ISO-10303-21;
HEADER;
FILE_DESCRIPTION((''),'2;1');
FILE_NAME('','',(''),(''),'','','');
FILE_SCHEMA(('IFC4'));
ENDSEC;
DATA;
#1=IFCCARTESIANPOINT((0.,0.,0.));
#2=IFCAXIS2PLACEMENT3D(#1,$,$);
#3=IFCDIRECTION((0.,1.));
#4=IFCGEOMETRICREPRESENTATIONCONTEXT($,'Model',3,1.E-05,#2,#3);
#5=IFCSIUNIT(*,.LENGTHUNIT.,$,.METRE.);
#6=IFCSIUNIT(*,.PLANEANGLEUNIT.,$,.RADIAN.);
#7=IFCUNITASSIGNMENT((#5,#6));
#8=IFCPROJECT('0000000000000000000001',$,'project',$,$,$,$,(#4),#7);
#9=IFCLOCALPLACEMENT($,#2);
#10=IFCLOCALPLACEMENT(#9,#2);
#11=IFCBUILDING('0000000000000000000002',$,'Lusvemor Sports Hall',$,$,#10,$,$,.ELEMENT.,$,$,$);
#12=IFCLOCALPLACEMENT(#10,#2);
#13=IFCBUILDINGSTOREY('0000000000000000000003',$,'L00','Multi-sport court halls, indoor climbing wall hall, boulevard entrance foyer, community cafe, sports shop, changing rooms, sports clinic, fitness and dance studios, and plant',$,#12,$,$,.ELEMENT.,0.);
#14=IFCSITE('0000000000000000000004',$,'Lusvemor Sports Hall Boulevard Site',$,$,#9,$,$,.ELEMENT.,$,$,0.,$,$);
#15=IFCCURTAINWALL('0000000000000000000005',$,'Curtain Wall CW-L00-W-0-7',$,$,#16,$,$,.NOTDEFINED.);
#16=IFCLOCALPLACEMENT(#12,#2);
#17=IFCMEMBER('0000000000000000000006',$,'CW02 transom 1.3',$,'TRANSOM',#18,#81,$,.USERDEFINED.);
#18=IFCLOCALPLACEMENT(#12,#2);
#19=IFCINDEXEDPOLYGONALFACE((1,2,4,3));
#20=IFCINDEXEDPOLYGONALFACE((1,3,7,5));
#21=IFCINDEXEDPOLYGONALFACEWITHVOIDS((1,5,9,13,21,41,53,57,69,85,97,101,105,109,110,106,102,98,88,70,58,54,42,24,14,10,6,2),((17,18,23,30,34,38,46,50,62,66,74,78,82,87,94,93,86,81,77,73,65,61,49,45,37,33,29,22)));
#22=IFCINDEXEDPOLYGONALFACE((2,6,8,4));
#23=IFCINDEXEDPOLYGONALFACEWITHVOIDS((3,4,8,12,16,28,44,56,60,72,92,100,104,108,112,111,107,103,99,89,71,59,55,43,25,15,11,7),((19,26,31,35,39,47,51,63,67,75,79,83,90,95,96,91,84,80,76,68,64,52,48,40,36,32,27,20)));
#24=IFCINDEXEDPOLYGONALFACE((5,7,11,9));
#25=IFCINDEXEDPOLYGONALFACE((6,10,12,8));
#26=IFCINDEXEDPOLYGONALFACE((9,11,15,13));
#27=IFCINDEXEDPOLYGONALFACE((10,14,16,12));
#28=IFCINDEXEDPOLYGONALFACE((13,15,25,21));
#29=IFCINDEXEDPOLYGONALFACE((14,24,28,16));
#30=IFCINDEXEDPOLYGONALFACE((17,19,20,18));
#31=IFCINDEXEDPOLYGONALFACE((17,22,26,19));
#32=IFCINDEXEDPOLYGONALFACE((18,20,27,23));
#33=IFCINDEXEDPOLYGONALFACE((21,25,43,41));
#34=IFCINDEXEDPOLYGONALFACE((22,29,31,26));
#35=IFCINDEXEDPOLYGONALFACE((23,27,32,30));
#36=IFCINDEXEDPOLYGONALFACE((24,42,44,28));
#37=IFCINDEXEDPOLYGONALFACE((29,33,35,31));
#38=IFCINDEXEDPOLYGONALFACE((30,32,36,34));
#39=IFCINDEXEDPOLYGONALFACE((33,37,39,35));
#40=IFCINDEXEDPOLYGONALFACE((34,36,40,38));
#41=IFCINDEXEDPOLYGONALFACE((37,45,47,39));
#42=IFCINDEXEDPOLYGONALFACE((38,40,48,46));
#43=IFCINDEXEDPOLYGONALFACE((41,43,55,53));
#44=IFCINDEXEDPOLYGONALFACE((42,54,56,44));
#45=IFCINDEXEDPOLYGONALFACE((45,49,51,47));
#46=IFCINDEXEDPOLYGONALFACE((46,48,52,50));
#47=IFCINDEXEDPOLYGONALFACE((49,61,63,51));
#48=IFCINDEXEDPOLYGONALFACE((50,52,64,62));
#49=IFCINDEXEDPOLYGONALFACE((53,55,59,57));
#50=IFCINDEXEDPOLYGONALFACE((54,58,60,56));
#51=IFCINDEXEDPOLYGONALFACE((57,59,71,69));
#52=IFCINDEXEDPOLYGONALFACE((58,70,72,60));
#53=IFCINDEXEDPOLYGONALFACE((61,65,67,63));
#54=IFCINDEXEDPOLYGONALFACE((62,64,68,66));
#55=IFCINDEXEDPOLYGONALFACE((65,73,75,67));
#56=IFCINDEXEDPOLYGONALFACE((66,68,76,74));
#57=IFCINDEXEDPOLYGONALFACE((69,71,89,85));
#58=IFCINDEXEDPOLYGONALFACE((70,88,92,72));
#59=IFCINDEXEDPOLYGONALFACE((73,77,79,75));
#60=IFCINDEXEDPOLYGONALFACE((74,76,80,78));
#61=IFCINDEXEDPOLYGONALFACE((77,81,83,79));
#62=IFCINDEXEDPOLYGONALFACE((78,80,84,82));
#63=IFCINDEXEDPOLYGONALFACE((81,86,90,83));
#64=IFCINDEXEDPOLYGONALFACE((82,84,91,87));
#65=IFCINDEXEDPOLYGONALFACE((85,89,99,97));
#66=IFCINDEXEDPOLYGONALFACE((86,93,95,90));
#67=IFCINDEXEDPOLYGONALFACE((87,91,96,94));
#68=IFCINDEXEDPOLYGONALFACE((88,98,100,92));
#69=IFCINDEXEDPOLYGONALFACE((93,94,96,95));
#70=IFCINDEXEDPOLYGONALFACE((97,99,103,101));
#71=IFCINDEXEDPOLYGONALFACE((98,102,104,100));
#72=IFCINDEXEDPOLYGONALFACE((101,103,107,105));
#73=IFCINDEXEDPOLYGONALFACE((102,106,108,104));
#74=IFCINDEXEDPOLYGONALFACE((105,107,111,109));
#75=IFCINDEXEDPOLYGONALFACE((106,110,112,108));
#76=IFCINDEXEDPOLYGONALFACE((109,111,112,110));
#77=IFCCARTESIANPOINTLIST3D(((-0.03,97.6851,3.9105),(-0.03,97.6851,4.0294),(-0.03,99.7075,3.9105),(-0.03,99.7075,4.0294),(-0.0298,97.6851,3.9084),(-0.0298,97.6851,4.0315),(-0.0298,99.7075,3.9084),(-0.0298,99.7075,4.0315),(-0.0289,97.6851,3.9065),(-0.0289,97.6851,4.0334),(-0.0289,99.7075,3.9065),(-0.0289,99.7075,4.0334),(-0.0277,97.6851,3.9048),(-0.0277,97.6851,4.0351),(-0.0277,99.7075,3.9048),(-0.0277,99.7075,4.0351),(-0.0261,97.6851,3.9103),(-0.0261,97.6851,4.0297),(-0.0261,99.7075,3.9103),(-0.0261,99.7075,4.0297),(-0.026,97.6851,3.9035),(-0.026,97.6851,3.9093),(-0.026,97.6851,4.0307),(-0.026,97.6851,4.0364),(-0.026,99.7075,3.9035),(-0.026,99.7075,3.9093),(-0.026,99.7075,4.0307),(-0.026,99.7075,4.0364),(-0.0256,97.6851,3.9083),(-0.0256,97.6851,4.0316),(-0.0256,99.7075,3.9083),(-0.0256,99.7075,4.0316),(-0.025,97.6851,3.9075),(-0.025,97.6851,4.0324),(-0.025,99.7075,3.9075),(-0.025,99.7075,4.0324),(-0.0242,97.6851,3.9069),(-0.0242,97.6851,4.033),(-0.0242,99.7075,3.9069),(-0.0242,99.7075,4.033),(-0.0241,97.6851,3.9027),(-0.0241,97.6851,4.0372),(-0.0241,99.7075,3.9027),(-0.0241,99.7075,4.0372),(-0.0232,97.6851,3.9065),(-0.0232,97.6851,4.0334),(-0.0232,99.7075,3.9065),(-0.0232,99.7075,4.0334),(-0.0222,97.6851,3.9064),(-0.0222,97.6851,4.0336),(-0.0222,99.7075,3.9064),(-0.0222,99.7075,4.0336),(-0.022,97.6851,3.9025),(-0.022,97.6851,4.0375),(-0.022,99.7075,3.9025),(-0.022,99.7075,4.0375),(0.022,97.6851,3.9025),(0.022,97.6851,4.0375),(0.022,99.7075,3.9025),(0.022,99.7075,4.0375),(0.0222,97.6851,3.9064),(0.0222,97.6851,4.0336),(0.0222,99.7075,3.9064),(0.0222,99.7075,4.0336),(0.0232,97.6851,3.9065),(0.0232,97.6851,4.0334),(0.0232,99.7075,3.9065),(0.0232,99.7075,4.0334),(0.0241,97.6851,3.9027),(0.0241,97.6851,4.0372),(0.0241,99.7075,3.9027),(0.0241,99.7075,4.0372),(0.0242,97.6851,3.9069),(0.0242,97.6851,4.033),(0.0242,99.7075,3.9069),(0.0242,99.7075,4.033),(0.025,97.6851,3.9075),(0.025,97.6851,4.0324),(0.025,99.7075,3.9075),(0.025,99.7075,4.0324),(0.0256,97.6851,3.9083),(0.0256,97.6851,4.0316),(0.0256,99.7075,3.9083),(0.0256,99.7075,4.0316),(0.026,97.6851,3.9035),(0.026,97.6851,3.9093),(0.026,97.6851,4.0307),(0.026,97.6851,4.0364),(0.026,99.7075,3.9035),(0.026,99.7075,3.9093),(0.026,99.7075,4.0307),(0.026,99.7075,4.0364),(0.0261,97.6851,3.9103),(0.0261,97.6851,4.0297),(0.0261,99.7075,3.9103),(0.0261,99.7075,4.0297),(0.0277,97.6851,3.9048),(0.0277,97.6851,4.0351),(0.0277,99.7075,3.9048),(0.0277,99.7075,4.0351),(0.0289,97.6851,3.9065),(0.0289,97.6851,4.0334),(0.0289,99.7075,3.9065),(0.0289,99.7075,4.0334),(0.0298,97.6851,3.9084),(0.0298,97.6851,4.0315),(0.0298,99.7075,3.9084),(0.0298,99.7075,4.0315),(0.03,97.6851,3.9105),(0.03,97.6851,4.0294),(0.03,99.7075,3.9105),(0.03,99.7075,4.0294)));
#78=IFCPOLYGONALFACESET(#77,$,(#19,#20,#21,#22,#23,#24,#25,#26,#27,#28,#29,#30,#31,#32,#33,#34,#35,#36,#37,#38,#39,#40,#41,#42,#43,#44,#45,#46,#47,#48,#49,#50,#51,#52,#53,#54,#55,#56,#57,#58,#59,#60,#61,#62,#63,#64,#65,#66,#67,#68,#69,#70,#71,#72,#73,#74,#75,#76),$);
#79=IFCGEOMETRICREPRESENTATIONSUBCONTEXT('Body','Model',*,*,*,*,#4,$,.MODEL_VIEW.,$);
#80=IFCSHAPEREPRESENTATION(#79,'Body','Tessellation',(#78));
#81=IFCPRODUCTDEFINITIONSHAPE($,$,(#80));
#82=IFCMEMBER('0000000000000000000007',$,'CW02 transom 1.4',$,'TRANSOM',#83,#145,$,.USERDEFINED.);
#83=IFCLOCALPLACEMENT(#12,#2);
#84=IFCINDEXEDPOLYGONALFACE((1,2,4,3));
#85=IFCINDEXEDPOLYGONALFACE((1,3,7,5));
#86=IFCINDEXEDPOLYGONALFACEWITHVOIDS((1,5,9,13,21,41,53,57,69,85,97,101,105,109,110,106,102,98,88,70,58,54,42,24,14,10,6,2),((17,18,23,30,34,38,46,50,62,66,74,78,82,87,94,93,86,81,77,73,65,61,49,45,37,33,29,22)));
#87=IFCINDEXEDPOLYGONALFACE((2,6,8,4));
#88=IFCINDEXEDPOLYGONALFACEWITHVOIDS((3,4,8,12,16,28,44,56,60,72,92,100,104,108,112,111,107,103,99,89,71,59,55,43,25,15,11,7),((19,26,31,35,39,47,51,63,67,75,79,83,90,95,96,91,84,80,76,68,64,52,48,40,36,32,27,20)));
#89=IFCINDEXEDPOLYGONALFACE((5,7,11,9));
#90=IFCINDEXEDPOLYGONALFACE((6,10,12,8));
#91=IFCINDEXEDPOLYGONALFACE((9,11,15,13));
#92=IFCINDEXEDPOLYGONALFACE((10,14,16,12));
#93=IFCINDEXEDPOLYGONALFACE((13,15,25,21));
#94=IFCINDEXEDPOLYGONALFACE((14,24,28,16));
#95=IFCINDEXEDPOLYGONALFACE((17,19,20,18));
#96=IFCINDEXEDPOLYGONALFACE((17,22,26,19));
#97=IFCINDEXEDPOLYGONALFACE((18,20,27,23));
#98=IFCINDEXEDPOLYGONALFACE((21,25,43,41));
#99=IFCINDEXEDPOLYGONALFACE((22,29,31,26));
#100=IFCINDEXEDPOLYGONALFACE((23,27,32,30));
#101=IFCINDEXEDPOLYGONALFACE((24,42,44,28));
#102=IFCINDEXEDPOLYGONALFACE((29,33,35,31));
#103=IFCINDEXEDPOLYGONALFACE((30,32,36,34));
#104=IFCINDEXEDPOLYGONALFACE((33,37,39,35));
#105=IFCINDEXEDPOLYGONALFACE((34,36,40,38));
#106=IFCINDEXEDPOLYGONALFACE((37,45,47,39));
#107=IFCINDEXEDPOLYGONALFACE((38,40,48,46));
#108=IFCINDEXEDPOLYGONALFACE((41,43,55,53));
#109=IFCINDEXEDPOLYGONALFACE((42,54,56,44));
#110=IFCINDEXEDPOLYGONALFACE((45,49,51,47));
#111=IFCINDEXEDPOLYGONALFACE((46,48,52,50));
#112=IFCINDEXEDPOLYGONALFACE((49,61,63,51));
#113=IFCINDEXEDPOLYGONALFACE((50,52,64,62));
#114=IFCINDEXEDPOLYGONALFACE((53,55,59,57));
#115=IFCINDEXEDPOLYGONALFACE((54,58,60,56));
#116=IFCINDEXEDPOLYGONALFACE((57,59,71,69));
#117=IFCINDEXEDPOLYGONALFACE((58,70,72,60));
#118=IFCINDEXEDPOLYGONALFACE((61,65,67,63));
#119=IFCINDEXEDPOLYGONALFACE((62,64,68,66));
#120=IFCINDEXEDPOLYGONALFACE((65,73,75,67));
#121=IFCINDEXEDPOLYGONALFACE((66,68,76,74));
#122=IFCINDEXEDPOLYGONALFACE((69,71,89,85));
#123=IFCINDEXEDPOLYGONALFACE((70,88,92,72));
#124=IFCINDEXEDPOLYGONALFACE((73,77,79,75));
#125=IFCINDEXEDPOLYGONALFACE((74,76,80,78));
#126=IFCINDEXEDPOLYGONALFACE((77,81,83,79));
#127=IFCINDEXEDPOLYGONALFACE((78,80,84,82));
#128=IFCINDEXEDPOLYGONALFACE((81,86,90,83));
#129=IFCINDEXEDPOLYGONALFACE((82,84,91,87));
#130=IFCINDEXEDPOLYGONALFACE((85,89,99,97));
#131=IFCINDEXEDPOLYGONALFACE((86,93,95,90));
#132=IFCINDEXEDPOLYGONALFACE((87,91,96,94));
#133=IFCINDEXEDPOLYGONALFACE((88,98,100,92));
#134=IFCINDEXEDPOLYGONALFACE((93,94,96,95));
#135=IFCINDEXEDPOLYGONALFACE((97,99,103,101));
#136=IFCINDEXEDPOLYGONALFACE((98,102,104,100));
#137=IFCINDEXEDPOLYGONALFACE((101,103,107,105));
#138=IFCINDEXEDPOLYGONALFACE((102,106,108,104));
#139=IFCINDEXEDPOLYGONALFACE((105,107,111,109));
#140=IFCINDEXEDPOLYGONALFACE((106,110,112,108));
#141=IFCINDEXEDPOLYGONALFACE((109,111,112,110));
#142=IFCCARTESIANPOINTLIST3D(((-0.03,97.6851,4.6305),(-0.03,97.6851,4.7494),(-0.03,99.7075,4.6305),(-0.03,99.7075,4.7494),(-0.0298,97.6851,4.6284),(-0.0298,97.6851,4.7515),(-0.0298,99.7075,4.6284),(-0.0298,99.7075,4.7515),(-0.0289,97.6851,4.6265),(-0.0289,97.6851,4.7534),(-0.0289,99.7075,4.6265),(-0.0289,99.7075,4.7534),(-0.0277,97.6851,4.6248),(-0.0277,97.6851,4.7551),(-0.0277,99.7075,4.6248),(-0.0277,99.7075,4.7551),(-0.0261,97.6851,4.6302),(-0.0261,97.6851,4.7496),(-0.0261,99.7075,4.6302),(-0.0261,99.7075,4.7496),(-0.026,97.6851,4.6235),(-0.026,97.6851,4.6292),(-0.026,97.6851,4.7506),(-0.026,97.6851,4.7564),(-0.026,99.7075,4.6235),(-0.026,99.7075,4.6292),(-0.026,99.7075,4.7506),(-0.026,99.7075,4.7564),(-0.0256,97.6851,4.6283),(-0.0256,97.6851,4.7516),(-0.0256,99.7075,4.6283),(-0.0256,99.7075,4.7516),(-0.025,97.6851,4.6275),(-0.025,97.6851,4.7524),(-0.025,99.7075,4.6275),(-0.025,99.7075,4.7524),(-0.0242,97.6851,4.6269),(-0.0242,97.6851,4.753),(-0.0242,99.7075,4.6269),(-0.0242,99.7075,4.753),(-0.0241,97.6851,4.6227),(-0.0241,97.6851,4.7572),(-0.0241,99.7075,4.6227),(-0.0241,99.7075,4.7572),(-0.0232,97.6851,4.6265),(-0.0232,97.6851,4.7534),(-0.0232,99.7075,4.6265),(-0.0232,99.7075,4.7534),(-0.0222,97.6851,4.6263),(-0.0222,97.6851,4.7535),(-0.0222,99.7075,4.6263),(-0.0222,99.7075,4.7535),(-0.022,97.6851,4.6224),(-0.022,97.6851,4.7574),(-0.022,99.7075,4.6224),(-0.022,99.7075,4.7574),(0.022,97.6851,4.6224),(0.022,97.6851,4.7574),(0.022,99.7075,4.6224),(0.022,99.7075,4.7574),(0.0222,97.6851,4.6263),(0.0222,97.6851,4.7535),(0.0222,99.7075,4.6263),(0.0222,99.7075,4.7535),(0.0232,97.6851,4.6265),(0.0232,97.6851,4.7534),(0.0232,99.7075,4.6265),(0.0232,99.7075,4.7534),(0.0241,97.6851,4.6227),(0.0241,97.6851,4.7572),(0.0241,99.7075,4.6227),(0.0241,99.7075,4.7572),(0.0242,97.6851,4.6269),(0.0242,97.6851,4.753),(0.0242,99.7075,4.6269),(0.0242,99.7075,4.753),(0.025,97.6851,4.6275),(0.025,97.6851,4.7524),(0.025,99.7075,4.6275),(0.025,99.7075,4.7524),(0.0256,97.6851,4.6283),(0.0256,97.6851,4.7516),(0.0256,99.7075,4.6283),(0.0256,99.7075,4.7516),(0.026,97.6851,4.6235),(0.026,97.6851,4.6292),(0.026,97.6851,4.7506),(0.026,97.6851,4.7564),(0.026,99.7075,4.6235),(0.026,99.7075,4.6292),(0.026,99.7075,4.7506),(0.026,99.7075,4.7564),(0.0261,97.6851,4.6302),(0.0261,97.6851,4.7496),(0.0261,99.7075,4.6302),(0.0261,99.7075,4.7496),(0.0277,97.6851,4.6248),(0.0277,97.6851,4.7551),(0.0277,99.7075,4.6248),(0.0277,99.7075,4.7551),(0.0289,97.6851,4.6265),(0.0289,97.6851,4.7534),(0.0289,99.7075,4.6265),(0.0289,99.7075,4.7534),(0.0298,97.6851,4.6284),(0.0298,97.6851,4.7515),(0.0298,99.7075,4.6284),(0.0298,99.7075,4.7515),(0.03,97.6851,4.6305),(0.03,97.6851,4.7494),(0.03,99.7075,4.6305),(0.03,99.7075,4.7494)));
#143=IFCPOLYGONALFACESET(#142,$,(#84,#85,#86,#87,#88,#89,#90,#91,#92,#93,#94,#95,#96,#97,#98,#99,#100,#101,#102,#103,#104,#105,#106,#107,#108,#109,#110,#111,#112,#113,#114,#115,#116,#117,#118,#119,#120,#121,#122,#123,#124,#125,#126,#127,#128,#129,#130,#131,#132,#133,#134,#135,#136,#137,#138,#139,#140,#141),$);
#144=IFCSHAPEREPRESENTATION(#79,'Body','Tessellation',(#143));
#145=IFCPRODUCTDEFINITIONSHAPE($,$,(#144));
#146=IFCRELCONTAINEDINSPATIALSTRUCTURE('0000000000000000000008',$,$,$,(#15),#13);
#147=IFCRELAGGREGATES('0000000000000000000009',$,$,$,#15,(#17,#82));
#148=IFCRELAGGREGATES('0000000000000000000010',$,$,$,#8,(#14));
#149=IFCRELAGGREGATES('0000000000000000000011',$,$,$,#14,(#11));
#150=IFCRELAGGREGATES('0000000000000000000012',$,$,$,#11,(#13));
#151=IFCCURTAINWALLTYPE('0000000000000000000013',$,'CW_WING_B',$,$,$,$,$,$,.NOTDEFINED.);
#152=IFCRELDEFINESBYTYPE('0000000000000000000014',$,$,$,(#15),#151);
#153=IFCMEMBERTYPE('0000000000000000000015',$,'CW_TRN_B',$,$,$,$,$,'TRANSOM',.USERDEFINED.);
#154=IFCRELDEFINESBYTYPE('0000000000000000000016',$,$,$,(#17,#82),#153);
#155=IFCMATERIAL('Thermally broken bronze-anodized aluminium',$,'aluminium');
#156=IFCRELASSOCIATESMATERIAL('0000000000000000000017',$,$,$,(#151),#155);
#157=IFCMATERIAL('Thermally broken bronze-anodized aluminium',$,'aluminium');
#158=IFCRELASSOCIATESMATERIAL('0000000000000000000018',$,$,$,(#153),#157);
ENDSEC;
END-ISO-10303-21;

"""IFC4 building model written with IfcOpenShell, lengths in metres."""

from ifc_helpers import new_model, si_unit, direction, frame, origin, origin_2d, place, context, subcontext, project, spatial, hollow_rectangle, extrude, material, material_profile, profile_set, type_object, element, aggregate, save


model = new_model("IFC4")

# Units and contexts
model_context = context("Model", 3, precision=1e-05, world=origin(), true_north=direction((0.0, 1.0)))
body_context = subcontext(model_context, "Body", "Model", "MODEL_VIEW")
ifc_project = project(units=[si_unit("LENGTHUNIT", "METRE"), si_unit("PLANEANGLEUNIT", "RADIAN")], contexts=[model_context])

# Site, building, storey
site_placement = place(None, origin())
site = spatial("IfcSite", under=ifc_project, at=site_placement, Name="Lusvemor Sports Hall Boulevard Site", CompositionType="ELEMENT", RefElevation=0.0)
building_placement = place(site_placement, origin())
building = spatial("IfcBuilding", under=site, at=building_placement, Name="Lusvemor Sports Hall", CompositionType="ELEMENT")
storey_placement = place(building_placement, origin())
storey = spatial("IfcBuildingStorey", under=building, at=storey_placement, Name="L00", Description="Multi-sport court halls, indoor climbing wall hall, boulevard entrance foyer, community cafe, sports shop, changing rooms, sports clinic, fitness and dance studios, and plant", CompositionType="ELEMENT", Elevation=0.0)

# Curtain wall, members
ifc_material_1 = material(Name="Thermally broken bronze-anodized aluminium", Category="aluminium")
curtain_wall_type = type_object("IfcCurtainWallType", Name="CW_WING_B", PredefinedType="NOTDEFINED", material=ifc_material_1)
curtain_wall_placement = place(storey_placement, origin())
curtain_wall = element("IfcCurtainWall", 1, at=curtain_wall_placement, inside=storey, type_object=curtain_wall_type, Name="Curtain Wall CW-L00-W-0-7", PredefinedType="NOTDEFINED")
ifc_material_2 = material(Name="Thermally broken bronze-anodized aluminium", Category="aluminium")
ifc_material_profile_1 = material_profile(ifc_material_2, hollow_rectangle(XDim=0.0601, YDim=0.135, WallThickness=0.0039, InnerFilletRadius=0.0039, OuterFilletRadius=0.0081, at=origin_2d()), Name="CWTRN135x60x4")
ifc_profile_set_1 = profile_set([ifc_material_profile_1], Name="Thermally broken bronze-anodized aluminium")
member_type_1 = type_object("IfcMemberType", Name="CW_TRN_B", ElementType="TRANSOM", PredefinedType="USERDEFINED", material=ifc_profile_set_1)
member_1_placement = place(storey_placement, frame((0.0, 97.6851, 3.97), z_axis=(0.0, 1.0, 0.0), x_axis=(-1.0, 0.0, 0.0)))
member_1 = element("IfcMember", 2, at=member_1_placement, type_object=member_type_1, Name="CW02 transom 1.3", ObjectType="TRANSOM", PredefinedType="USERDEFINED", context=body_context, shape_type="SweptSolid", body=[
    extrude(hollow_rectangle(XDim=0.0601, YDim=0.135, WallThickness=0.0039, InnerFilletRadius=0.0039, OuterFilletRadius=0.0081, at=origin_2d()), origin(), (0.0, 0.0, 1.0), 2.0225),
])
member_2_placement = place(storey_placement, frame((0.0, 97.6851, 4.6899), z_axis=(0.0, 1.0, 0.0), x_axis=(-1.0, 0.0, 0.0)))
member_2 = element("IfcMember", 3, at=member_2_placement, type_object=member_type_1, Name="CW02 transom 1.4", ObjectType="TRANSOM", PredefinedType="USERDEFINED", context=body_context, shape_type="SweptSolid", body=[
    extrude(hollow_rectangle(XDim=0.0601, YDim=0.135, WallThickness=0.0039, InnerFilletRadius=0.0039, OuterFilletRadius=0.0081, at=origin_2d()), origin(), (0.0, 0.0, 1.0), 2.0225),
])
aggregate(curtain_wall, [member_1, member_2])

save(model, "model.ifc")
